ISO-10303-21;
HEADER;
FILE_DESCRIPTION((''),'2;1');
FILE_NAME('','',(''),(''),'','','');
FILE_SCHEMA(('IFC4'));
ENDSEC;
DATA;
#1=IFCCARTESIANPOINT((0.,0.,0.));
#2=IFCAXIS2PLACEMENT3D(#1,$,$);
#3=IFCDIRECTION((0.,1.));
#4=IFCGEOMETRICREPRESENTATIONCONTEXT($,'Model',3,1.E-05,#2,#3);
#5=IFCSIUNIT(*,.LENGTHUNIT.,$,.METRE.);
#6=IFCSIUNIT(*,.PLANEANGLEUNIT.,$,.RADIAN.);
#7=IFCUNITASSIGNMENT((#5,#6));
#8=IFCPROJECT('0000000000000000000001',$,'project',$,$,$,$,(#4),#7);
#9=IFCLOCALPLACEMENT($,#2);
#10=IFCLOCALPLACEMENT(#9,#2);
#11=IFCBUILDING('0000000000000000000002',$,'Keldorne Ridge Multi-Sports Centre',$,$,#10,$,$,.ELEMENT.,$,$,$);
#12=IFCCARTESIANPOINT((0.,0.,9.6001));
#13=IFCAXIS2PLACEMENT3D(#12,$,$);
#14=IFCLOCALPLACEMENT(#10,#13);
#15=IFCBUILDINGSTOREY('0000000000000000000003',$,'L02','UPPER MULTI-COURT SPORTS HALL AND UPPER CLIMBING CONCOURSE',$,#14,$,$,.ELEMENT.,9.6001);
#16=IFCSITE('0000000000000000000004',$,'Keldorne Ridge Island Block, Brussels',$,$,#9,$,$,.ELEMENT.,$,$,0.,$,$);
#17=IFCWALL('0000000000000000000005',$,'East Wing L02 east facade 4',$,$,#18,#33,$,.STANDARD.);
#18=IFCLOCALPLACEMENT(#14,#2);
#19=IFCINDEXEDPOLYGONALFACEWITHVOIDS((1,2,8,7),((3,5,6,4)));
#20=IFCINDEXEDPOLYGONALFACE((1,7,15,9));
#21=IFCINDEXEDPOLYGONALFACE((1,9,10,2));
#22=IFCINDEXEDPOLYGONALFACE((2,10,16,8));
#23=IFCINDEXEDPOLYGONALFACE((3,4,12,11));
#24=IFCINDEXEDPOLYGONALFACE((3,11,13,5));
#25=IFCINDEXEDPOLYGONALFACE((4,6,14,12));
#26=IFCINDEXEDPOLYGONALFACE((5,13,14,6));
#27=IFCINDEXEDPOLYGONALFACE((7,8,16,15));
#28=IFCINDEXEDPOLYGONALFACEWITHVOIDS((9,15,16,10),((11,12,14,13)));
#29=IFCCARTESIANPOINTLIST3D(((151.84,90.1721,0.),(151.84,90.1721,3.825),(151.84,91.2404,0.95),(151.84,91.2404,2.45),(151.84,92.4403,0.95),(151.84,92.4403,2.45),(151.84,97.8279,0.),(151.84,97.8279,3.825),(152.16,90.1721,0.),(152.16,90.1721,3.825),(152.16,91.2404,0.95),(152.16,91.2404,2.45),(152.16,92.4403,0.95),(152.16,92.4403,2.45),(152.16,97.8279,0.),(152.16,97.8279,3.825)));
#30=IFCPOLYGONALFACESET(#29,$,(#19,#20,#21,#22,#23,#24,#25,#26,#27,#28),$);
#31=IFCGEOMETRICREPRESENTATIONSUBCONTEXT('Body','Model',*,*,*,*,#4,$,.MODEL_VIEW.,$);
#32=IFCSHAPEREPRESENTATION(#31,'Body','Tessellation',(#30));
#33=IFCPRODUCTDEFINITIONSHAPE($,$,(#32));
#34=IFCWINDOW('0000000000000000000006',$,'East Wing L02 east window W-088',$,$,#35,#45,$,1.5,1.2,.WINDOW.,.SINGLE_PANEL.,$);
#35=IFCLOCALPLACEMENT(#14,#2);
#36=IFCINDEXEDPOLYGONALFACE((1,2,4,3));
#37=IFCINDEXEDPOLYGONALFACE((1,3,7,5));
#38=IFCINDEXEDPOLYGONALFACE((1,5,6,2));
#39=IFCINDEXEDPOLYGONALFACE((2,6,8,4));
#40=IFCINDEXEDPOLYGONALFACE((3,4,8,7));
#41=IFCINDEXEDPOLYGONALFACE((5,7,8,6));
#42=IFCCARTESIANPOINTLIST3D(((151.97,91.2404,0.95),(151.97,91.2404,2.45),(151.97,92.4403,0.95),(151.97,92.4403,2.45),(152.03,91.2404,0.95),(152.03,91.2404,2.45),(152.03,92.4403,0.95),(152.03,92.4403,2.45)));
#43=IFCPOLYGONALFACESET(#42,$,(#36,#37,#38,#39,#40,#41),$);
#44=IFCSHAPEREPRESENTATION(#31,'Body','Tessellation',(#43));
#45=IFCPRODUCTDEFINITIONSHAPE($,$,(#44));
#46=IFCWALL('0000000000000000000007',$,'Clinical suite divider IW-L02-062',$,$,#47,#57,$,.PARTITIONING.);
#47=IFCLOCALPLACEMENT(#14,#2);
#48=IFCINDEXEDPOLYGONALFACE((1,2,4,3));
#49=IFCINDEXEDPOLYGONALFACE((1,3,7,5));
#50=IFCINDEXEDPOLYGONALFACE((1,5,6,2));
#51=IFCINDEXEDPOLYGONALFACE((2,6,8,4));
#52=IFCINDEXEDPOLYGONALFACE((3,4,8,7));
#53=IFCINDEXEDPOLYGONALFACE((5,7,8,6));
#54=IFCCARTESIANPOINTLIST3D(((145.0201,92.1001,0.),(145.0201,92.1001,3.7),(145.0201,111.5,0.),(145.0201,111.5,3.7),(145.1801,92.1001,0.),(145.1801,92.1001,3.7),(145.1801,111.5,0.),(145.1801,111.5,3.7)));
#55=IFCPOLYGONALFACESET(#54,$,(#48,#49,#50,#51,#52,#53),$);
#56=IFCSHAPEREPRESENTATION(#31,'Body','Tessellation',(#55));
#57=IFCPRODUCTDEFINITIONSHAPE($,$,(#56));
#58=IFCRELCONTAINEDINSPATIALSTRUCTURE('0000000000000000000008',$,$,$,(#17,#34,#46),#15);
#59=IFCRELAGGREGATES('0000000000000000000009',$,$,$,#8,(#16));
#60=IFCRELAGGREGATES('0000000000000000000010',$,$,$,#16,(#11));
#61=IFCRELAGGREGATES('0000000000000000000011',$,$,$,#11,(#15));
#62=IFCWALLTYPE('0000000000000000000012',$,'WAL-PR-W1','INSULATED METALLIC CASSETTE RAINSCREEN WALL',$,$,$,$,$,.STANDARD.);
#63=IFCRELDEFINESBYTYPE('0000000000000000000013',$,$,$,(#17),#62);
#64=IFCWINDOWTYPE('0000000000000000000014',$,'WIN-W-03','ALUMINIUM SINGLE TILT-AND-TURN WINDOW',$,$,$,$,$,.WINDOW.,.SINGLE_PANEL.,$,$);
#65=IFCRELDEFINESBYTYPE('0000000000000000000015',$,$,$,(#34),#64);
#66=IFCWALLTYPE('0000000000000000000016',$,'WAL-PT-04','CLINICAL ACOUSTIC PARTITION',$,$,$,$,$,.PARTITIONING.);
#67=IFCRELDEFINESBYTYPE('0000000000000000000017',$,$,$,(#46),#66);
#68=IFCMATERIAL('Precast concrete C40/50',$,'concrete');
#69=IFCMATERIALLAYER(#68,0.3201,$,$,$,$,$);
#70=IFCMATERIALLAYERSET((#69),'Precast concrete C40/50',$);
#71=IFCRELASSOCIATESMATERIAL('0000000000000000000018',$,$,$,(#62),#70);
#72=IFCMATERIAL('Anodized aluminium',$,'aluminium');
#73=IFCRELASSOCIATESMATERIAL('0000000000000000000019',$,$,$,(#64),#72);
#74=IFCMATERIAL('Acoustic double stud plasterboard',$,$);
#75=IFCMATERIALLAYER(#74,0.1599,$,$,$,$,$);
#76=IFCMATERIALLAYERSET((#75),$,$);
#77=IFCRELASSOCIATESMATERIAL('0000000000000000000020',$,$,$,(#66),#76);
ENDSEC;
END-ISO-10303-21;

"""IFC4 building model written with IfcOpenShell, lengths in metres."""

from ifc_helpers import new_model, si_unit, direction, frame, frame_2d, origin, place, context, subcontext, project, spatial, rectangle, extrude, material, layer, layer_set, type_object, element, fill, save


model = new_model("IFC4")

# Units and contexts
model_context = context("Model", 3, precision=1e-05, world=origin(), true_north=direction((0.0, 1.0)))
body_context = subcontext(model_context, "Body", "Model", "MODEL_VIEW")
ifc_project = project(units=[si_unit("LENGTHUNIT", "METRE"), si_unit("PLANEANGLEUNIT", "RADIAN")], contexts=[model_context])

# Site, building, storey
site_placement = place(None, origin())
site = spatial("IfcSite", under=ifc_project, at=site_placement, Name="Keldorne Ridge Island Block, Brussels", CompositionType="ELEMENT", RefElevation=0.0)
building_placement = place(site_placement, origin())
building = spatial("IfcBuilding", under=site, at=building_placement, Name="Keldorne Ridge Multi-Sports Centre", CompositionType="ELEMENT")
storey_placement = place(building_placement, frame((0.0, 0.0, 9.6001)))
storey = spatial("IfcBuildingStorey", under=building, at=storey_placement, Name="L02", Description="UPPER MULTI-COURT SPORTS HALL AND UPPER CLIMBING CONCOURSE", CompositionType="ELEMENT", Elevation=9.6001)

# Wall, opening, window
ifc_material_1 = material(Name="Precast concrete C40/50", Category="concrete")
ifc_layer_1 = layer(ifc_material_1, 0.3201)
ifc_layer_set_1 = layer_set([ifc_layer_1], Name="Precast concrete C40/50")
wall_type_1 = type_object("IfcWallType", Name="WAL-PR-W1", Description="INSULATED METALLIC CASSETTE RAINSCREEN WALL", PredefinedType="STANDARD", material=ifc_layer_set_1)
ifc_material_2 = material(Name="Anodized aluminium", Category="aluminium")
window_type = type_object("IfcWindowType", Name="WIN-W-03", Description="ALUMINIUM SINGLE TILT-AND-TURN WINDOW", PartitioningType="SINGLE_PANEL", PredefinedType="WINDOW", material=ifc_material_2)
wall_1_placement = place(storey_placement, frame((152.0, 90.1721, 0.0), z_axis=(0.0, 0.0, 1.0), x_axis=(0.0, 1.0, 0.0)))
wall_1 = element("IfcWall", 1, at=wall_1_placement, inside=storey, type_object=wall_type_1, Name="East Wing L02 east facade 4", PredefinedType="STANDARD", context=body_context, shape_type="SweptSolid", body=[
    extrude(rectangle(XDim=7.6558, YDim=0.3201, at=frame_2d((3.8279, 0.0))), origin(), (0.0, 0.0, 1.0), 3.825),
])
opening_1_placement = place(wall_1_placement, frame((1.0681, 0.0, 0.95)))
opening_1 = element("IfcOpeningElement", 2, at=opening_1_placement, cuts=wall_1, PredefinedType="OPENING", context=body_context, shape_type="SweptSolid", body=[
    extrude(rectangle(XDim=1.2, YDim=1.5, at=frame_2d((0.6001, 0.75))), frame((0.0, 0.1699, 0.0), z_axis=(0.0, -1.0, 0.0), x_axis=(1.0, 0.0, 0.0)), (0.0, 0.0, 1.0), 0.3401),
])
window_1_placement = place(opening_1_placement, origin())
window_1 = element("IfcWindow", 3, at=window_1_placement, inside=storey, type_object=window_type, Name="East Wing L02 east window W-088", OverallHeight=1.5, OverallWidth=1.2, PartitioningType="SINGLE_PANEL", PredefinedType="WINDOW", context=body_context, shape_type="SweptSolid", body=[
    extrude(rectangle(XDim=1.2, YDim=1.5, at=frame_2d((0.6001, 0.75))), frame((0.0, 0.03, 0.0), z_axis=(0.0, -1.0, 0.0), x_axis=(1.0, 0.0, 0.0)), (0.0, 0.0, 1.0), 0.0601),
])
fill(opening_1, window_1)

# Wall
ifc_material_3 = material(Name="Acoustic double stud plasterboard")
ifc_layer_2 = layer(ifc_material_3, 0.1599)
ifc_layer_set_2 = layer_set([ifc_layer_2])
wall_type_2 = type_object("IfcWallType", Name="WAL-PT-04", Description="CLINICAL ACOUSTIC PARTITION", PredefinedType="PARTITIONING", material=ifc_layer_set_2)
wall_2_placement = place(storey_placement, frame((145.1001, 92.1001, 0.0), z_axis=(0.0, 0.0, 1.0), x_axis=(0.0, 1.0, 0.0)))
element("IfcWall", 4, at=wall_2_placement, inside=storey, type_object=wall_type_2, Name="Clinical suite divider IW-L02-062", PredefinedType="PARTITIONING", context=body_context, shape_type="SweptSolid", body=[
    extrude(rectangle(XDim=19.3999, YDim=0.1599, at=frame_2d((9.7, 0.0))), origin(), (0.0, 0.0, 1.0), 3.7),
])

save(model, "model.ifc")
